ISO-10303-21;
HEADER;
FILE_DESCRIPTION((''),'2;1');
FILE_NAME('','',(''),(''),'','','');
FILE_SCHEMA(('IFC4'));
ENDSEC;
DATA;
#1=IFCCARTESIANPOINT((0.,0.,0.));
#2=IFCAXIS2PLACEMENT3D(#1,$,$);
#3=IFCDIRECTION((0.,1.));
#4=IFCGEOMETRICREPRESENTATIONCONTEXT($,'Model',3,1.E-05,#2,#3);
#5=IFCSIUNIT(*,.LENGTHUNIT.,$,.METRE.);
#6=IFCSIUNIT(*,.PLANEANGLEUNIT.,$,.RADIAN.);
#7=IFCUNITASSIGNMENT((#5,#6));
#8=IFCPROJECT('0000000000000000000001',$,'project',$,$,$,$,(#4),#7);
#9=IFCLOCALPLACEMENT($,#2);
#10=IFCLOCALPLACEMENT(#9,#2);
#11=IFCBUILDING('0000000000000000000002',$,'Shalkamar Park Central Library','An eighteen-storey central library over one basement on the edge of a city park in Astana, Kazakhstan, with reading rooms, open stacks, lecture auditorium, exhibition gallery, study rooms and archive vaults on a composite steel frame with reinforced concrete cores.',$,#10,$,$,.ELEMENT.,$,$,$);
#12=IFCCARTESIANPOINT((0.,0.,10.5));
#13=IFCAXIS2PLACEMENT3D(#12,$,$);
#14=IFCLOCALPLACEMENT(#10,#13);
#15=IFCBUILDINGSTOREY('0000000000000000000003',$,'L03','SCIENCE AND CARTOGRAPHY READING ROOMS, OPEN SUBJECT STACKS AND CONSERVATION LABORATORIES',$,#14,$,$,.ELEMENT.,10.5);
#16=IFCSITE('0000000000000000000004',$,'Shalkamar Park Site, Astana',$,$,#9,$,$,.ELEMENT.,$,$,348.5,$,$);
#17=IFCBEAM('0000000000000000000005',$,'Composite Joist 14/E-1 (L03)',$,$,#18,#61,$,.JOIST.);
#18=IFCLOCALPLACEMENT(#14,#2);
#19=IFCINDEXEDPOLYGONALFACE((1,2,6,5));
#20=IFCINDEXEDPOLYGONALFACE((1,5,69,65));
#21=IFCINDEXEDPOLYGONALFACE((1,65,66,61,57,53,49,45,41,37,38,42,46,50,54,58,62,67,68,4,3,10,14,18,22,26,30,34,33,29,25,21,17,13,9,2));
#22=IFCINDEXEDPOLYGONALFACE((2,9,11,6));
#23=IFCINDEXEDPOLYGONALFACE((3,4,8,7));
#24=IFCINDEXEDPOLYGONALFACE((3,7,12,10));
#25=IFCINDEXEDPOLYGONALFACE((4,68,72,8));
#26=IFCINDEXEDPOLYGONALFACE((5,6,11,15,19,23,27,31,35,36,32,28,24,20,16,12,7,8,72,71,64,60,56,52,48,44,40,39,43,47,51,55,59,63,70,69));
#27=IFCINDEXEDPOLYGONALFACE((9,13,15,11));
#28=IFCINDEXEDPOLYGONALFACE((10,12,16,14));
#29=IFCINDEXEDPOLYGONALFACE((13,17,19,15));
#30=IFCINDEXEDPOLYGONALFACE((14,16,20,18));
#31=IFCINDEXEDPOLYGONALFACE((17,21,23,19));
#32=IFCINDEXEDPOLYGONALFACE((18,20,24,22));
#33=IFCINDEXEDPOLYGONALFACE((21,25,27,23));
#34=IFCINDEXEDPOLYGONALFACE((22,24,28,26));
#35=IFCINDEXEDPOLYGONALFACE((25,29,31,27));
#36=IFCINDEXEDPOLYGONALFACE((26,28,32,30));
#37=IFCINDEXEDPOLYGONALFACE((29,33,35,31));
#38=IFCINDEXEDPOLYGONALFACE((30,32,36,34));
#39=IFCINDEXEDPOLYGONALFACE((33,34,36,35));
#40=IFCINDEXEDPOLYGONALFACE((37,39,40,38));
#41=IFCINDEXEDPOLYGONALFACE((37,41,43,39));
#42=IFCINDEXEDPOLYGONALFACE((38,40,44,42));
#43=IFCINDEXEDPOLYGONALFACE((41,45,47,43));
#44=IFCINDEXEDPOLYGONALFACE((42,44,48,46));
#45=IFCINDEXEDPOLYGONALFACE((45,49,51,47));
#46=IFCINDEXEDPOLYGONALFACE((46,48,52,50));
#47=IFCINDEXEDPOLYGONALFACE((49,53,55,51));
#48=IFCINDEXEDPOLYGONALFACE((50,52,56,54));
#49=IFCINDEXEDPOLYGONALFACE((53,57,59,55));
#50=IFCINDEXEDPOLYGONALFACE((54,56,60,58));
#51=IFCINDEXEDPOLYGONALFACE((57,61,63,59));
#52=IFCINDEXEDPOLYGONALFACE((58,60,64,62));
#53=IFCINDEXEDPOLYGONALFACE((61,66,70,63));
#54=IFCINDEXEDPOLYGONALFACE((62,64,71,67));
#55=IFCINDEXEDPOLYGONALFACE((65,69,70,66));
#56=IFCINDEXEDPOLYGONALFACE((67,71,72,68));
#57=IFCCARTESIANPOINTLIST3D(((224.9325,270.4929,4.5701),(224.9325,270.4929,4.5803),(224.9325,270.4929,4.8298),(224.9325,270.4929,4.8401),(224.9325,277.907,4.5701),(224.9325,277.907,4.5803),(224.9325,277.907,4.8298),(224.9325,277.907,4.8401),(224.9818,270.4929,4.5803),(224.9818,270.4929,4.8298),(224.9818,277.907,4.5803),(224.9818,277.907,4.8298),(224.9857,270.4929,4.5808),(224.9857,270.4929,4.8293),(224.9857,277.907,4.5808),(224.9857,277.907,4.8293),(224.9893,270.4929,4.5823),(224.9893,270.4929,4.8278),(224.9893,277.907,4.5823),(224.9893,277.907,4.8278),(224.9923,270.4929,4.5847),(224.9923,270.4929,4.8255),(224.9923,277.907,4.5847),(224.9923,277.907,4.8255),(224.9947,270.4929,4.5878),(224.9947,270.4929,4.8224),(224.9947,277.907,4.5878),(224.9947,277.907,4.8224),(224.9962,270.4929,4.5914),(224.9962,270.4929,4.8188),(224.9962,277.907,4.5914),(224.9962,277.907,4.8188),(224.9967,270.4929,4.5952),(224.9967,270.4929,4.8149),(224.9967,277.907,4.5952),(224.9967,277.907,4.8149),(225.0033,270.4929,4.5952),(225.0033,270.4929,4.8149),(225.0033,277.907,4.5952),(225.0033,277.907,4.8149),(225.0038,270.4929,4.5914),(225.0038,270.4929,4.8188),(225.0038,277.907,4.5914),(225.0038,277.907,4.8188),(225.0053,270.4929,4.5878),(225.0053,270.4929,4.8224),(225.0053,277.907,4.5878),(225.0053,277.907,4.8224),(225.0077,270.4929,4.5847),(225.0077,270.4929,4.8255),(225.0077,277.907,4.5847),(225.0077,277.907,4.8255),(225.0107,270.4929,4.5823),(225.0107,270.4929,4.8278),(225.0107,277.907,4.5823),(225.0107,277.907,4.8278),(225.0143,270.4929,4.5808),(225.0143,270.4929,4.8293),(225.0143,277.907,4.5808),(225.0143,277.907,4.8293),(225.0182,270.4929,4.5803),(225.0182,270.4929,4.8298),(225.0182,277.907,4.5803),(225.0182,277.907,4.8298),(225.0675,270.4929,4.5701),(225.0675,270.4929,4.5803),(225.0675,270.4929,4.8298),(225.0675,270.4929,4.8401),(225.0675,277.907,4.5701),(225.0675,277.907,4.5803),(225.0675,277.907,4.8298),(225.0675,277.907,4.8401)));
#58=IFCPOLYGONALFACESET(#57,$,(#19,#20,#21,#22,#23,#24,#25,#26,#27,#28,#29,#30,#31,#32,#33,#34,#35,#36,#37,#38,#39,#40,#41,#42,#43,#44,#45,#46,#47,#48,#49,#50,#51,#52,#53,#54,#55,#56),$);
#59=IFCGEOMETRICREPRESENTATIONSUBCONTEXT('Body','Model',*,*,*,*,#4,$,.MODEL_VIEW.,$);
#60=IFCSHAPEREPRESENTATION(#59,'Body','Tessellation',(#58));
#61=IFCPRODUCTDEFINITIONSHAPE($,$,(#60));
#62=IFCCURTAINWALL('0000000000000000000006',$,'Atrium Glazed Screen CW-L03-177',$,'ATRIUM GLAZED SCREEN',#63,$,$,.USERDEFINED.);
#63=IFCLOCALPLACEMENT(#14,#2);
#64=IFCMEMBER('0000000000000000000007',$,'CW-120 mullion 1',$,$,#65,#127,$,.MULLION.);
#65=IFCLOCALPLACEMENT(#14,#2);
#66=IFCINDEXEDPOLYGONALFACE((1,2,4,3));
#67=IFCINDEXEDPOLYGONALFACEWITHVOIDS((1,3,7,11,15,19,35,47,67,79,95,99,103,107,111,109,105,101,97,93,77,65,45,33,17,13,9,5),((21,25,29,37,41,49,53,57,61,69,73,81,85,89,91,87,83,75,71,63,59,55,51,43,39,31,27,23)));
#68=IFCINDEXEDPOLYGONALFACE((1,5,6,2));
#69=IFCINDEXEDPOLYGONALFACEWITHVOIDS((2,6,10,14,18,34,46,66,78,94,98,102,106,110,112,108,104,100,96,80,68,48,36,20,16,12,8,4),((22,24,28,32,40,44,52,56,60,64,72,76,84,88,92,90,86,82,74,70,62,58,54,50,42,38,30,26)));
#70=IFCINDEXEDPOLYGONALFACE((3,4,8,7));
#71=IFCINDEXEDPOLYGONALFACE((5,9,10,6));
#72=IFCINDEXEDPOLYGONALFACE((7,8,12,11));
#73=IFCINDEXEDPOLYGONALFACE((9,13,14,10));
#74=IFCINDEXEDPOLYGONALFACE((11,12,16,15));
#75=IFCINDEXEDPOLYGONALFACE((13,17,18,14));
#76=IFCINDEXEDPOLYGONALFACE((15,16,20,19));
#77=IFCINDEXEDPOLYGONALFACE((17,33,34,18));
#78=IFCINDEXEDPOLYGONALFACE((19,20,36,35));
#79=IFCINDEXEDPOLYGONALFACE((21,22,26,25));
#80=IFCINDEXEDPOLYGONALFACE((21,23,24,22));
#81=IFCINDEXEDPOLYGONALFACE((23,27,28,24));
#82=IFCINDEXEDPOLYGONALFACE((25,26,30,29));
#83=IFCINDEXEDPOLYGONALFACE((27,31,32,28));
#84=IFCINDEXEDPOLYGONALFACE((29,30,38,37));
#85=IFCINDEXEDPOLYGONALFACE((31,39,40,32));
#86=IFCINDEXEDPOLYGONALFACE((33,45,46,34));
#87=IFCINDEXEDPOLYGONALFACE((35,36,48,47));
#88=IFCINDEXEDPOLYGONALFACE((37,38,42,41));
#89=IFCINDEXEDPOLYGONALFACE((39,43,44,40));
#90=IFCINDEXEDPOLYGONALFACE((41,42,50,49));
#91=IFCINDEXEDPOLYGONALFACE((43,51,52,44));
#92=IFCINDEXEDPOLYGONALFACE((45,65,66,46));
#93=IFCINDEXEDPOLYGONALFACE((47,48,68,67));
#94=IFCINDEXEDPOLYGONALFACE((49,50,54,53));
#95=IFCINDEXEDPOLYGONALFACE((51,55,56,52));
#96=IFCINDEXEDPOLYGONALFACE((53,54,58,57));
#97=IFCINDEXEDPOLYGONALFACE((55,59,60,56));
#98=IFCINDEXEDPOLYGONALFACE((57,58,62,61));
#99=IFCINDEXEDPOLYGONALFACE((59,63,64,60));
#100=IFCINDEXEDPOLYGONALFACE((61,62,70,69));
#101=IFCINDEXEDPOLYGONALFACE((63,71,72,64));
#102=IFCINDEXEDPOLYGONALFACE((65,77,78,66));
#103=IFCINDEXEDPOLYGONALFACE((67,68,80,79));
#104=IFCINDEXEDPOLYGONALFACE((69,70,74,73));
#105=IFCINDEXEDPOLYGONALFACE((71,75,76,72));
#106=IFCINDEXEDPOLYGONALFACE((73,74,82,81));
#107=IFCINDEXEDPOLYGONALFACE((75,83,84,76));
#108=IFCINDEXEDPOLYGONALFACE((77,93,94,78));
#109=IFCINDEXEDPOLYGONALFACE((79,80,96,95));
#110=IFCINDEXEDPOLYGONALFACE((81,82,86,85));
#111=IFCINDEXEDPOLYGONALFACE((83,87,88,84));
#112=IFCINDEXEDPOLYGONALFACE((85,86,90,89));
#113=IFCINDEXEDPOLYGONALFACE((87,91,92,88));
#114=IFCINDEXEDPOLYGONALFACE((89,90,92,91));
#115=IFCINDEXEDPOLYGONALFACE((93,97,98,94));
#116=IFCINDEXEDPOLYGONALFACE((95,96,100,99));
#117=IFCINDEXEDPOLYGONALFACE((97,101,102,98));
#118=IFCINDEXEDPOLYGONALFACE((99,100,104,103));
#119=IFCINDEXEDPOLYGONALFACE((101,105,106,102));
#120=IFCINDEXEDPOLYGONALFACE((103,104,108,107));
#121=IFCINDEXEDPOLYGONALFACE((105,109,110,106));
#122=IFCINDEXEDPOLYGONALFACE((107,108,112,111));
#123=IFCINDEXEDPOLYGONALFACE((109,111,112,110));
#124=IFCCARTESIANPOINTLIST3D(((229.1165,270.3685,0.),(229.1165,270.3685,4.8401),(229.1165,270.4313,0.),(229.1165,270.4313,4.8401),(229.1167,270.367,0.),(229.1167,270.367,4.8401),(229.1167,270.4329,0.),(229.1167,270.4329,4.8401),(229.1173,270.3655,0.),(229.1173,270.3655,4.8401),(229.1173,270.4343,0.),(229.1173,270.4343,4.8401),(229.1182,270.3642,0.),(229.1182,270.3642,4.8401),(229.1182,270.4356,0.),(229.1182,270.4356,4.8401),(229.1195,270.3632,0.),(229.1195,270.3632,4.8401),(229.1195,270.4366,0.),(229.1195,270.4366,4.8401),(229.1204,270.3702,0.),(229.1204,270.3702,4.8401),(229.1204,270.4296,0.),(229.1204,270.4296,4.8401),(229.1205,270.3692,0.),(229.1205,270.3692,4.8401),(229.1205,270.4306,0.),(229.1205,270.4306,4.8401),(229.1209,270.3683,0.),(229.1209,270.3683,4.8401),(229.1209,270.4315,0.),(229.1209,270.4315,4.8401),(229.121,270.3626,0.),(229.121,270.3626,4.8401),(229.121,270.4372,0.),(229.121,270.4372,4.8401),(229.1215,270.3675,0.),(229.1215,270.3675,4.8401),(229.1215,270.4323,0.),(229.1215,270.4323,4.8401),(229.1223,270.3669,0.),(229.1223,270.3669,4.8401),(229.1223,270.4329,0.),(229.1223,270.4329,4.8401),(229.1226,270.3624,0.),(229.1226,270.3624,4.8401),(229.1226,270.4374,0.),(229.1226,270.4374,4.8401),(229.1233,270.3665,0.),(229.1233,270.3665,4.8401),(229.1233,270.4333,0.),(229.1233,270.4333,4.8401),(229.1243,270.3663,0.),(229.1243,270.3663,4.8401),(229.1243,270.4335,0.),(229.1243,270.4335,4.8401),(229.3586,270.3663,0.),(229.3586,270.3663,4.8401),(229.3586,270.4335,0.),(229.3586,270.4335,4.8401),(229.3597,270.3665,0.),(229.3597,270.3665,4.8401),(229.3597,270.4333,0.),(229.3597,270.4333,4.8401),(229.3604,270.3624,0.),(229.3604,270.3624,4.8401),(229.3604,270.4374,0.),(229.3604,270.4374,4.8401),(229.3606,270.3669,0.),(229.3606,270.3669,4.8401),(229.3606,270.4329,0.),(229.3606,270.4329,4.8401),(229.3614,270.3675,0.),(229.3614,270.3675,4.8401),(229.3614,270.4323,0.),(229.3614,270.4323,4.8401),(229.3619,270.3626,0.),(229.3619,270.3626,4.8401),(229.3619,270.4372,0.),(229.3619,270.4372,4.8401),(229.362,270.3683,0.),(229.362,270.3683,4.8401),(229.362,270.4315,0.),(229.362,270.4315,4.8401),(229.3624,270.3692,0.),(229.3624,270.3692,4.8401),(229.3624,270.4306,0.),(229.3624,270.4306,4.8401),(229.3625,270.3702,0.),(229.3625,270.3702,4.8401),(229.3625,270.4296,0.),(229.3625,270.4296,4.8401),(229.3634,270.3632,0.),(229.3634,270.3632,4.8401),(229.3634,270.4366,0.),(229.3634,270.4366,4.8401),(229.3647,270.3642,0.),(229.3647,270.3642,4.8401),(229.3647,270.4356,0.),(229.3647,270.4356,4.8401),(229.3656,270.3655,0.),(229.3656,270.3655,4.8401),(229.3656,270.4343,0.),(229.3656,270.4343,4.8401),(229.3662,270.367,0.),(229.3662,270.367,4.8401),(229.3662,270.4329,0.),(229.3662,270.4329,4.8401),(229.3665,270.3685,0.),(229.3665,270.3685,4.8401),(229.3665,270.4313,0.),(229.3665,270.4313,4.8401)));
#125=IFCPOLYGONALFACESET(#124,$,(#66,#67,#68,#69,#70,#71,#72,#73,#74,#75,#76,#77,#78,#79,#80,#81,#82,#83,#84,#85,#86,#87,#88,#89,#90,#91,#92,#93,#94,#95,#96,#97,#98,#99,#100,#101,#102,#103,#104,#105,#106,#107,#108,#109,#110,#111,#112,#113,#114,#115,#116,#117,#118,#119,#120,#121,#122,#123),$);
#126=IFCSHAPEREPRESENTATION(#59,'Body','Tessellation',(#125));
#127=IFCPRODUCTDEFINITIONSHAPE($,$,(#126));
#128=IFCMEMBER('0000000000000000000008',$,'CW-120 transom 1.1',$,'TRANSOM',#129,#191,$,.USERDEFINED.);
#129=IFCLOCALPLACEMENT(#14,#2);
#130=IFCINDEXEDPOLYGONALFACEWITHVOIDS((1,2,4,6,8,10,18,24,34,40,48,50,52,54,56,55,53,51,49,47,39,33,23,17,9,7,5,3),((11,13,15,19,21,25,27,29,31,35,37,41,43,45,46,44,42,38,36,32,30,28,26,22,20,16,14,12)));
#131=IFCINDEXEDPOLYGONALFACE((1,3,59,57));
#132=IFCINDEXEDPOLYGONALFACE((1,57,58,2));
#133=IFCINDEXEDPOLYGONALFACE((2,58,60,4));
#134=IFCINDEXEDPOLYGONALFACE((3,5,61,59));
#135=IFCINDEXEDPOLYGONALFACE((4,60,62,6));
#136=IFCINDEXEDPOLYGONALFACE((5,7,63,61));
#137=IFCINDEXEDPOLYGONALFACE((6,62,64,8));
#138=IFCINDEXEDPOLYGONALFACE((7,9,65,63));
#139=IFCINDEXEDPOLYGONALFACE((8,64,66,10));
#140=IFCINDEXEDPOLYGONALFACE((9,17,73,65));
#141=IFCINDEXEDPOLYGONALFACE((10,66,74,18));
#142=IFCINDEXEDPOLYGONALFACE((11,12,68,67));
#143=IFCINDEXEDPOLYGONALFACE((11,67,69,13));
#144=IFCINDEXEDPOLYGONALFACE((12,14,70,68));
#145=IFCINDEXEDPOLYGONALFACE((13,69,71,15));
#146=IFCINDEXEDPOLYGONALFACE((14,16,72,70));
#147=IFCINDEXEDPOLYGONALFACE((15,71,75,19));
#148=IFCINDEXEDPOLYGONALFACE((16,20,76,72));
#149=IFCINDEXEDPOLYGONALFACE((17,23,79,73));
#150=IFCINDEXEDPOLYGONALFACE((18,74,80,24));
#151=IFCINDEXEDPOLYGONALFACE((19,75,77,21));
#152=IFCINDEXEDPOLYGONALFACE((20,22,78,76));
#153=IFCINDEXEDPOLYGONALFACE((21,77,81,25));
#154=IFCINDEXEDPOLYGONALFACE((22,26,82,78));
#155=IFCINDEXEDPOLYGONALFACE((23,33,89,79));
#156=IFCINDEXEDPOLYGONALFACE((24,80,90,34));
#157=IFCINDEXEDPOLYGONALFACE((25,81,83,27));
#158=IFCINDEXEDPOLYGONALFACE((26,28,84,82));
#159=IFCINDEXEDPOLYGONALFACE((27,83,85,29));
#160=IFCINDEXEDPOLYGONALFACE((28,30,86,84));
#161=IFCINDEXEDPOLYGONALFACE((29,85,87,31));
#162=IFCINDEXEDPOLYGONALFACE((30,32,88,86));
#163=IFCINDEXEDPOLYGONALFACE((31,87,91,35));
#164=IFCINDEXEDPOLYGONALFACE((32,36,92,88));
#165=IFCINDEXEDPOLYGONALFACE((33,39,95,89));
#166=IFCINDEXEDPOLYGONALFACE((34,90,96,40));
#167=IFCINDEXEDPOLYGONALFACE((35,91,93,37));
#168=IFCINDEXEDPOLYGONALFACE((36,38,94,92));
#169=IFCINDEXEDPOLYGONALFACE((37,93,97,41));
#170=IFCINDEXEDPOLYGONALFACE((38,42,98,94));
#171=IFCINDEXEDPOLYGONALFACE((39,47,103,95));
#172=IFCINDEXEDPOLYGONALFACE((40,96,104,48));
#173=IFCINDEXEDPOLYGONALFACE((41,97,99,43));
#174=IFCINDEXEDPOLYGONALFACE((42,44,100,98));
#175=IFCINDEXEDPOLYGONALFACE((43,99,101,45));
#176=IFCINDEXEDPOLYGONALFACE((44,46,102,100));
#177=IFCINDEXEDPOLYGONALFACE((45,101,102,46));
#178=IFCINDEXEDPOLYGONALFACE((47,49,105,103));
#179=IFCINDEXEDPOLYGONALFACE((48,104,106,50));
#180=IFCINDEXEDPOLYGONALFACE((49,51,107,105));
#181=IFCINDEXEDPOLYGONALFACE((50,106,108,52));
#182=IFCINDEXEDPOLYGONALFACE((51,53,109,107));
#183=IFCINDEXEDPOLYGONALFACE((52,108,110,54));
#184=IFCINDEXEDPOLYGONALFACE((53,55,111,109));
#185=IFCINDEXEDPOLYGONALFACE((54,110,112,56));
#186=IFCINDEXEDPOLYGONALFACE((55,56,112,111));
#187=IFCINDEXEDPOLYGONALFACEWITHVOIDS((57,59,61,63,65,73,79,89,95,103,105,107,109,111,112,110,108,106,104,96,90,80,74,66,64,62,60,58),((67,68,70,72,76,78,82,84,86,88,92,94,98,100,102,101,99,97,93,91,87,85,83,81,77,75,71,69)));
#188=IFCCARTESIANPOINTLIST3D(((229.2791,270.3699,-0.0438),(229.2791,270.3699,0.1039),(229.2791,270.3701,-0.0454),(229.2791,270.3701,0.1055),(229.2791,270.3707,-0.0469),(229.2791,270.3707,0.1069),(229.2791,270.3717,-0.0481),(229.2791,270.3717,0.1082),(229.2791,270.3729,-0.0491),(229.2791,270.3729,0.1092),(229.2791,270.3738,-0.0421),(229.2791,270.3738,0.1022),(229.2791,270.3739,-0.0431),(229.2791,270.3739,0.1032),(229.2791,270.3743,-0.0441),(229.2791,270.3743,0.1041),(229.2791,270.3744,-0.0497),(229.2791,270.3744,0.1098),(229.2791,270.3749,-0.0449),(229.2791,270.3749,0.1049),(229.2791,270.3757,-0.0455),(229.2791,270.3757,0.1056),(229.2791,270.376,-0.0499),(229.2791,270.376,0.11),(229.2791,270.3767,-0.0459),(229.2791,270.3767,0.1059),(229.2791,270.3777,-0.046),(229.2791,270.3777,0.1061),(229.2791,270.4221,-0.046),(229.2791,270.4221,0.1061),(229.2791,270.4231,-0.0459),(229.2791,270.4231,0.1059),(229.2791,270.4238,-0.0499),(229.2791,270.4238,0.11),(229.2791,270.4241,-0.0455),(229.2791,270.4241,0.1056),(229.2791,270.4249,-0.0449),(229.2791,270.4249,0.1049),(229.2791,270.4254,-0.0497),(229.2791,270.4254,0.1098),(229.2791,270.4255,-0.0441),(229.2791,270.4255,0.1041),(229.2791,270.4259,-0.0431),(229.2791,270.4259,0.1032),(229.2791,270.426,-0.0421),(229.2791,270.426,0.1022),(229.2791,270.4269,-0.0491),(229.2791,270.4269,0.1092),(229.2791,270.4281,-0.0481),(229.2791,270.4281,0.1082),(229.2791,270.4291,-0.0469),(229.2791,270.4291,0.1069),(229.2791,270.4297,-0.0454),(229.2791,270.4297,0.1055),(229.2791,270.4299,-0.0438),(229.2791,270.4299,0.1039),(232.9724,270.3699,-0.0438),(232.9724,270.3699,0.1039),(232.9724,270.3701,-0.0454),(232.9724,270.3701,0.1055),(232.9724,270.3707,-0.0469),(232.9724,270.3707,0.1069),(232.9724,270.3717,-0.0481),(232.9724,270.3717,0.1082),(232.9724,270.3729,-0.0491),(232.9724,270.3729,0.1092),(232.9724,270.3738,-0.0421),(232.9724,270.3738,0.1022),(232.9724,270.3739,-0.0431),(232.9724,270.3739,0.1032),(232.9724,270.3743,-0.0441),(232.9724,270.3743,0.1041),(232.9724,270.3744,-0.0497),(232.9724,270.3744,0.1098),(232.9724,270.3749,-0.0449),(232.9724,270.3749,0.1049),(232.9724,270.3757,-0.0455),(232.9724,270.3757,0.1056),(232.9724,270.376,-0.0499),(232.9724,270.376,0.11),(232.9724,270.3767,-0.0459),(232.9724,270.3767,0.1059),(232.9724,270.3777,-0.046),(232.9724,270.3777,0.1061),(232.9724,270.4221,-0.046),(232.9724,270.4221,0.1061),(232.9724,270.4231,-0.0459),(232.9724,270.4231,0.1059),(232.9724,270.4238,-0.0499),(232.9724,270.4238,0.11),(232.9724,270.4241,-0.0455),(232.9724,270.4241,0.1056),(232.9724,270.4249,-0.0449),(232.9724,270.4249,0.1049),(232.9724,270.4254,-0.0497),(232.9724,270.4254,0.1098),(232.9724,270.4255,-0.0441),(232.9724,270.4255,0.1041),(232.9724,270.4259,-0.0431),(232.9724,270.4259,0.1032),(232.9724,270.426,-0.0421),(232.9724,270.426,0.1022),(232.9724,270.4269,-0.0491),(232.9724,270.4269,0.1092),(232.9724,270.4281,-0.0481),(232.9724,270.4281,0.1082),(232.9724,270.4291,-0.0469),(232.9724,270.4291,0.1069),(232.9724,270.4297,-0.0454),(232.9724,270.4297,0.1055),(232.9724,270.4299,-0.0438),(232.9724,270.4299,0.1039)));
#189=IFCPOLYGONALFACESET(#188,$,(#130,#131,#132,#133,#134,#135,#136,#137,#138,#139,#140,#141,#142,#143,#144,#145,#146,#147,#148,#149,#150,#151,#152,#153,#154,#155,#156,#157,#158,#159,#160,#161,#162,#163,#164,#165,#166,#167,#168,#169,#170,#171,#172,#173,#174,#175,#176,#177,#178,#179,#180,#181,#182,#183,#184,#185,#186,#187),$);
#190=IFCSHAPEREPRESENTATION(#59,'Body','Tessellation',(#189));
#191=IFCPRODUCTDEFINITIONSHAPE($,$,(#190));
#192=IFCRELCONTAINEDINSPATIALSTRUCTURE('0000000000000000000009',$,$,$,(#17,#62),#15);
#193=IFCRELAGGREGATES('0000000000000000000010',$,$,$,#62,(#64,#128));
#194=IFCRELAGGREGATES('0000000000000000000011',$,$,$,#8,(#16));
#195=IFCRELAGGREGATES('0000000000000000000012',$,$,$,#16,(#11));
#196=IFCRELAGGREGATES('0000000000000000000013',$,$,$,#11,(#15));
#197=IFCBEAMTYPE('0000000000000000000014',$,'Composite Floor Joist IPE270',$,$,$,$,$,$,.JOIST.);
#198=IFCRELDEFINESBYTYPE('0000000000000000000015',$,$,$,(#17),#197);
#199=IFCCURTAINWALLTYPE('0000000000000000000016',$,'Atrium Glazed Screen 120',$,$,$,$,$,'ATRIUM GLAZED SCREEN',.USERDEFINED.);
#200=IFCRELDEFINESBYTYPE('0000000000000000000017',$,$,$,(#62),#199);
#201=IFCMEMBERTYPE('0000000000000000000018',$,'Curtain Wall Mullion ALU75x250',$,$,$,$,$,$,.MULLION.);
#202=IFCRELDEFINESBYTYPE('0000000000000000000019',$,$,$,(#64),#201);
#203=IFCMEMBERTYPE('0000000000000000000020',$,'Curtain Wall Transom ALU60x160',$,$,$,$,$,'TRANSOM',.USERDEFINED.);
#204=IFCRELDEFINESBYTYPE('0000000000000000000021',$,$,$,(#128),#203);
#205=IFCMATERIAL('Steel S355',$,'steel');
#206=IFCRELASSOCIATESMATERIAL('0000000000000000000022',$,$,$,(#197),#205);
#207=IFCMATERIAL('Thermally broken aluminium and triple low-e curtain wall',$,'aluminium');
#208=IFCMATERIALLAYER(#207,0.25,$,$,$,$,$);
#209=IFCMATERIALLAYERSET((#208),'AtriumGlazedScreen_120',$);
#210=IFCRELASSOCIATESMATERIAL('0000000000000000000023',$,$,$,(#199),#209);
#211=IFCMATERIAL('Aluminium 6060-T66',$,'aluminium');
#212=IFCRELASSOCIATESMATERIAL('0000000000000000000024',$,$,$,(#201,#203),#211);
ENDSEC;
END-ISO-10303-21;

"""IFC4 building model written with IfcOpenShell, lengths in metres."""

from ifc_helpers import new_model, si_unit, direction, frame, origin, origin_2d, place, context, subcontext, project, spatial, hollow_rectangle, i_section, extrude, material, layer, layer_set, material_profile, profile_set, type_object, element, aggregate, save


model = new_model("IFC4")

# Units and contexts
model_context = context("Model", 3, precision=1e-05, world=origin(), true_north=direction((0.0, 1.0)))
body_context = subcontext(model_context, "Body", "Model", "MODEL_VIEW")
ifc_project = project(units=[si_unit("LENGTHUNIT", "METRE"), si_unit("PLANEANGLEUNIT", "RADIAN")], contexts=[model_context])

# Site, building, storey
site_placement = place(None, origin())
site = spatial("IfcSite", under=ifc_project, at=site_placement, Name="Shalkamar Park Site, Astana", CompositionType="ELEMENT", RefElevation=348.5)
building_placement = place(site_placement, origin())
building = spatial("IfcBuilding", under=site, at=building_placement, Name="Shalkamar Park Central Library", Description="An eighteen-storey central library over one basement on the edge of a city park in Astana, Kazakhstan, with reading rooms, open stacks, lecture auditorium, exhibition gallery, study rooms and archive vaults on a composite steel frame with reinforced concrete cores.", CompositionType="ELEMENT")
storey_placement = place(building_placement, frame((0.0, 0.0, 10.5)))
storey = spatial("IfcBuildingStorey", under=building, at=storey_placement, Name="L03", Description="SCIENCE AND CARTOGRAPHY READING ROOMS, OPEN SUBJECT STACKS AND CONSERVATION LABORATORIES", CompositionType="ELEMENT", Elevation=10.5)

# Shared definitions
ifc_material_1 = material(Name="Steel S355", Category="steel")

# Beam
ifc_material_profile_1 = material_profile(ifc_material_1, i_section(OverallWidth=0.135, OverallDepth=0.27, WebThickness=0.0066, FlangeThickness=0.0103, FilletRadius=0.0149, at=origin_2d()), Name="IPE 270")
ifc_profile_set_1 = profile_set([ifc_material_profile_1], Name="Steel S355")
beam_type_1 = type_object("IfcBeamType", Name="Composite Floor Joist IPE270", PredefinedType="JOIST", material=ifc_profile_set_1)
beam_1_placement = place(storey_placement, frame((225.0, 270.4929, 4.7051), z_axis=(0.0, 1.0, 0.0), x_axis=(-1.0, 0.0, 0.0)))
element("IfcBeam", 1, at=beam_1_placement, inside=storey, type_object=beam_type_1, Name="Composite Joist 14/E-1 (L03)", PredefinedType="JOIST", context=body_context, shape_type="SweptSolid", body=[
    extrude(i_section(OverallWidth=0.135, OverallDepth=0.27, WebThickness=0.0066, FlangeThickness=0.0103, FilletRadius=0.0149, at=origin_2d()), origin(), (0.0, 0.0, 1.0), 7.4141),
])

# Curtain wall, members
ifc_material_2 = material(Name="Thermally broken aluminium and triple low-e curtain wall", Category="aluminium")
ifc_layer = layer(ifc_material_2, 0.25)
ifc_layer_set = layer_set([ifc_layer], Name="AtriumGlazedScreen_120")
curtain_wall_type = type_object("IfcCurtainWallType", Name="Atrium Glazed Screen 120", ElementType="ATRIUM GLAZED SCREEN", PredefinedType="USERDEFINED", material=ifc_layer_set)
curtain_wall_placement = place(storey_placement, origin())
curtain_wall = element("IfcCurtainWall", 2, at=curtain_wall_placement, inside=storey, type_object=curtain_wall_type, Name="Atrium Glazed Screen CW-L03-177", ObjectType="ATRIUM GLAZED SCREEN", PredefinedType="USERDEFINED")
ifc_material_3 = material(Name="Aluminium 6060-T66", Category="aluminium")
ifc_material_profile_2 = material_profile(ifc_material_3, hollow_rectangle(XDim=0.075, YDim=0.25, WallThickness=0.0039, InnerFilletRadius=0.0039, OuterFilletRadius=0.0061, at=origin_2d()), Name="ALU 75x250x4")
ifc_profile_set_2 = profile_set([ifc_material_profile_2], Name="Aluminium 6060-T66")
member_type_1 = type_object("IfcMemberType", Name="Curtain Wall Mullion ALU75x250", PredefinedType="MULLION", material=ifc_profile_set_2)
member_1_placement = place(storey_placement, frame((229.2415, 270.3999, 0.0), z_axis=(0.0, 0.0, 1.0), x_axis=(0.0, 1.0, 0.0)))
member_1 = element("IfcMember", 3, at=member_1_placement, type_object=member_type_1, Name="CW-120 mullion 1", PredefinedType="MULLION", context=body_context, shape_type="SweptSolid", body=[
    extrude(hollow_rectangle(XDim=0.075, YDim=0.25, WallThickness=0.0039, InnerFilletRadius=0.0039, OuterFilletRadius=0.0061, at=origin_2d()), origin(), (0.0, 0.0, 1.0), 4.8401),
])
ifc_material_profile_3 = material_profile(ifc_material_3, hollow_rectangle(XDim=0.0601, YDim=0.1599, WallThickness=0.0039, InnerFilletRadius=0.0039, OuterFilletRadius=0.0061, at=origin_2d()), Name="ALU 60x160x4")
ifc_profile_set_3 = profile_set([ifc_material_profile_3], Name="Aluminium 6060-T66")
member_type_2 = type_object("IfcMemberType", Name="Curtain Wall Transom ALU60x160", ElementType="TRANSOM", PredefinedType="USERDEFINED", material=ifc_profile_set_3)
member_2_placement = place(storey_placement, frame((229.2791, 270.3999, 0.03), z_axis=(1.0, 0.0, 0.0), x_axis=(0.0, 1.0, 0.0)))
member_2 = element("IfcMember", 4, at=member_2_placement, type_object=member_type_2, Name="CW-120 transom 1.1", ObjectType="TRANSOM", PredefinedType="USERDEFINED", context=body_context, shape_type="SweptSolid", body=[
    extrude(hollow_rectangle(XDim=0.0601, YDim=0.1599, WallThickness=0.0039, InnerFilletRadius=0.0039, OuterFilletRadius=0.0061, at=origin_2d()), origin(), (0.0, 0.0, 1.0), 3.6934),
])
aggregate(curtain_wall, [member_1, member_2])

save(model, "model.ifc")
